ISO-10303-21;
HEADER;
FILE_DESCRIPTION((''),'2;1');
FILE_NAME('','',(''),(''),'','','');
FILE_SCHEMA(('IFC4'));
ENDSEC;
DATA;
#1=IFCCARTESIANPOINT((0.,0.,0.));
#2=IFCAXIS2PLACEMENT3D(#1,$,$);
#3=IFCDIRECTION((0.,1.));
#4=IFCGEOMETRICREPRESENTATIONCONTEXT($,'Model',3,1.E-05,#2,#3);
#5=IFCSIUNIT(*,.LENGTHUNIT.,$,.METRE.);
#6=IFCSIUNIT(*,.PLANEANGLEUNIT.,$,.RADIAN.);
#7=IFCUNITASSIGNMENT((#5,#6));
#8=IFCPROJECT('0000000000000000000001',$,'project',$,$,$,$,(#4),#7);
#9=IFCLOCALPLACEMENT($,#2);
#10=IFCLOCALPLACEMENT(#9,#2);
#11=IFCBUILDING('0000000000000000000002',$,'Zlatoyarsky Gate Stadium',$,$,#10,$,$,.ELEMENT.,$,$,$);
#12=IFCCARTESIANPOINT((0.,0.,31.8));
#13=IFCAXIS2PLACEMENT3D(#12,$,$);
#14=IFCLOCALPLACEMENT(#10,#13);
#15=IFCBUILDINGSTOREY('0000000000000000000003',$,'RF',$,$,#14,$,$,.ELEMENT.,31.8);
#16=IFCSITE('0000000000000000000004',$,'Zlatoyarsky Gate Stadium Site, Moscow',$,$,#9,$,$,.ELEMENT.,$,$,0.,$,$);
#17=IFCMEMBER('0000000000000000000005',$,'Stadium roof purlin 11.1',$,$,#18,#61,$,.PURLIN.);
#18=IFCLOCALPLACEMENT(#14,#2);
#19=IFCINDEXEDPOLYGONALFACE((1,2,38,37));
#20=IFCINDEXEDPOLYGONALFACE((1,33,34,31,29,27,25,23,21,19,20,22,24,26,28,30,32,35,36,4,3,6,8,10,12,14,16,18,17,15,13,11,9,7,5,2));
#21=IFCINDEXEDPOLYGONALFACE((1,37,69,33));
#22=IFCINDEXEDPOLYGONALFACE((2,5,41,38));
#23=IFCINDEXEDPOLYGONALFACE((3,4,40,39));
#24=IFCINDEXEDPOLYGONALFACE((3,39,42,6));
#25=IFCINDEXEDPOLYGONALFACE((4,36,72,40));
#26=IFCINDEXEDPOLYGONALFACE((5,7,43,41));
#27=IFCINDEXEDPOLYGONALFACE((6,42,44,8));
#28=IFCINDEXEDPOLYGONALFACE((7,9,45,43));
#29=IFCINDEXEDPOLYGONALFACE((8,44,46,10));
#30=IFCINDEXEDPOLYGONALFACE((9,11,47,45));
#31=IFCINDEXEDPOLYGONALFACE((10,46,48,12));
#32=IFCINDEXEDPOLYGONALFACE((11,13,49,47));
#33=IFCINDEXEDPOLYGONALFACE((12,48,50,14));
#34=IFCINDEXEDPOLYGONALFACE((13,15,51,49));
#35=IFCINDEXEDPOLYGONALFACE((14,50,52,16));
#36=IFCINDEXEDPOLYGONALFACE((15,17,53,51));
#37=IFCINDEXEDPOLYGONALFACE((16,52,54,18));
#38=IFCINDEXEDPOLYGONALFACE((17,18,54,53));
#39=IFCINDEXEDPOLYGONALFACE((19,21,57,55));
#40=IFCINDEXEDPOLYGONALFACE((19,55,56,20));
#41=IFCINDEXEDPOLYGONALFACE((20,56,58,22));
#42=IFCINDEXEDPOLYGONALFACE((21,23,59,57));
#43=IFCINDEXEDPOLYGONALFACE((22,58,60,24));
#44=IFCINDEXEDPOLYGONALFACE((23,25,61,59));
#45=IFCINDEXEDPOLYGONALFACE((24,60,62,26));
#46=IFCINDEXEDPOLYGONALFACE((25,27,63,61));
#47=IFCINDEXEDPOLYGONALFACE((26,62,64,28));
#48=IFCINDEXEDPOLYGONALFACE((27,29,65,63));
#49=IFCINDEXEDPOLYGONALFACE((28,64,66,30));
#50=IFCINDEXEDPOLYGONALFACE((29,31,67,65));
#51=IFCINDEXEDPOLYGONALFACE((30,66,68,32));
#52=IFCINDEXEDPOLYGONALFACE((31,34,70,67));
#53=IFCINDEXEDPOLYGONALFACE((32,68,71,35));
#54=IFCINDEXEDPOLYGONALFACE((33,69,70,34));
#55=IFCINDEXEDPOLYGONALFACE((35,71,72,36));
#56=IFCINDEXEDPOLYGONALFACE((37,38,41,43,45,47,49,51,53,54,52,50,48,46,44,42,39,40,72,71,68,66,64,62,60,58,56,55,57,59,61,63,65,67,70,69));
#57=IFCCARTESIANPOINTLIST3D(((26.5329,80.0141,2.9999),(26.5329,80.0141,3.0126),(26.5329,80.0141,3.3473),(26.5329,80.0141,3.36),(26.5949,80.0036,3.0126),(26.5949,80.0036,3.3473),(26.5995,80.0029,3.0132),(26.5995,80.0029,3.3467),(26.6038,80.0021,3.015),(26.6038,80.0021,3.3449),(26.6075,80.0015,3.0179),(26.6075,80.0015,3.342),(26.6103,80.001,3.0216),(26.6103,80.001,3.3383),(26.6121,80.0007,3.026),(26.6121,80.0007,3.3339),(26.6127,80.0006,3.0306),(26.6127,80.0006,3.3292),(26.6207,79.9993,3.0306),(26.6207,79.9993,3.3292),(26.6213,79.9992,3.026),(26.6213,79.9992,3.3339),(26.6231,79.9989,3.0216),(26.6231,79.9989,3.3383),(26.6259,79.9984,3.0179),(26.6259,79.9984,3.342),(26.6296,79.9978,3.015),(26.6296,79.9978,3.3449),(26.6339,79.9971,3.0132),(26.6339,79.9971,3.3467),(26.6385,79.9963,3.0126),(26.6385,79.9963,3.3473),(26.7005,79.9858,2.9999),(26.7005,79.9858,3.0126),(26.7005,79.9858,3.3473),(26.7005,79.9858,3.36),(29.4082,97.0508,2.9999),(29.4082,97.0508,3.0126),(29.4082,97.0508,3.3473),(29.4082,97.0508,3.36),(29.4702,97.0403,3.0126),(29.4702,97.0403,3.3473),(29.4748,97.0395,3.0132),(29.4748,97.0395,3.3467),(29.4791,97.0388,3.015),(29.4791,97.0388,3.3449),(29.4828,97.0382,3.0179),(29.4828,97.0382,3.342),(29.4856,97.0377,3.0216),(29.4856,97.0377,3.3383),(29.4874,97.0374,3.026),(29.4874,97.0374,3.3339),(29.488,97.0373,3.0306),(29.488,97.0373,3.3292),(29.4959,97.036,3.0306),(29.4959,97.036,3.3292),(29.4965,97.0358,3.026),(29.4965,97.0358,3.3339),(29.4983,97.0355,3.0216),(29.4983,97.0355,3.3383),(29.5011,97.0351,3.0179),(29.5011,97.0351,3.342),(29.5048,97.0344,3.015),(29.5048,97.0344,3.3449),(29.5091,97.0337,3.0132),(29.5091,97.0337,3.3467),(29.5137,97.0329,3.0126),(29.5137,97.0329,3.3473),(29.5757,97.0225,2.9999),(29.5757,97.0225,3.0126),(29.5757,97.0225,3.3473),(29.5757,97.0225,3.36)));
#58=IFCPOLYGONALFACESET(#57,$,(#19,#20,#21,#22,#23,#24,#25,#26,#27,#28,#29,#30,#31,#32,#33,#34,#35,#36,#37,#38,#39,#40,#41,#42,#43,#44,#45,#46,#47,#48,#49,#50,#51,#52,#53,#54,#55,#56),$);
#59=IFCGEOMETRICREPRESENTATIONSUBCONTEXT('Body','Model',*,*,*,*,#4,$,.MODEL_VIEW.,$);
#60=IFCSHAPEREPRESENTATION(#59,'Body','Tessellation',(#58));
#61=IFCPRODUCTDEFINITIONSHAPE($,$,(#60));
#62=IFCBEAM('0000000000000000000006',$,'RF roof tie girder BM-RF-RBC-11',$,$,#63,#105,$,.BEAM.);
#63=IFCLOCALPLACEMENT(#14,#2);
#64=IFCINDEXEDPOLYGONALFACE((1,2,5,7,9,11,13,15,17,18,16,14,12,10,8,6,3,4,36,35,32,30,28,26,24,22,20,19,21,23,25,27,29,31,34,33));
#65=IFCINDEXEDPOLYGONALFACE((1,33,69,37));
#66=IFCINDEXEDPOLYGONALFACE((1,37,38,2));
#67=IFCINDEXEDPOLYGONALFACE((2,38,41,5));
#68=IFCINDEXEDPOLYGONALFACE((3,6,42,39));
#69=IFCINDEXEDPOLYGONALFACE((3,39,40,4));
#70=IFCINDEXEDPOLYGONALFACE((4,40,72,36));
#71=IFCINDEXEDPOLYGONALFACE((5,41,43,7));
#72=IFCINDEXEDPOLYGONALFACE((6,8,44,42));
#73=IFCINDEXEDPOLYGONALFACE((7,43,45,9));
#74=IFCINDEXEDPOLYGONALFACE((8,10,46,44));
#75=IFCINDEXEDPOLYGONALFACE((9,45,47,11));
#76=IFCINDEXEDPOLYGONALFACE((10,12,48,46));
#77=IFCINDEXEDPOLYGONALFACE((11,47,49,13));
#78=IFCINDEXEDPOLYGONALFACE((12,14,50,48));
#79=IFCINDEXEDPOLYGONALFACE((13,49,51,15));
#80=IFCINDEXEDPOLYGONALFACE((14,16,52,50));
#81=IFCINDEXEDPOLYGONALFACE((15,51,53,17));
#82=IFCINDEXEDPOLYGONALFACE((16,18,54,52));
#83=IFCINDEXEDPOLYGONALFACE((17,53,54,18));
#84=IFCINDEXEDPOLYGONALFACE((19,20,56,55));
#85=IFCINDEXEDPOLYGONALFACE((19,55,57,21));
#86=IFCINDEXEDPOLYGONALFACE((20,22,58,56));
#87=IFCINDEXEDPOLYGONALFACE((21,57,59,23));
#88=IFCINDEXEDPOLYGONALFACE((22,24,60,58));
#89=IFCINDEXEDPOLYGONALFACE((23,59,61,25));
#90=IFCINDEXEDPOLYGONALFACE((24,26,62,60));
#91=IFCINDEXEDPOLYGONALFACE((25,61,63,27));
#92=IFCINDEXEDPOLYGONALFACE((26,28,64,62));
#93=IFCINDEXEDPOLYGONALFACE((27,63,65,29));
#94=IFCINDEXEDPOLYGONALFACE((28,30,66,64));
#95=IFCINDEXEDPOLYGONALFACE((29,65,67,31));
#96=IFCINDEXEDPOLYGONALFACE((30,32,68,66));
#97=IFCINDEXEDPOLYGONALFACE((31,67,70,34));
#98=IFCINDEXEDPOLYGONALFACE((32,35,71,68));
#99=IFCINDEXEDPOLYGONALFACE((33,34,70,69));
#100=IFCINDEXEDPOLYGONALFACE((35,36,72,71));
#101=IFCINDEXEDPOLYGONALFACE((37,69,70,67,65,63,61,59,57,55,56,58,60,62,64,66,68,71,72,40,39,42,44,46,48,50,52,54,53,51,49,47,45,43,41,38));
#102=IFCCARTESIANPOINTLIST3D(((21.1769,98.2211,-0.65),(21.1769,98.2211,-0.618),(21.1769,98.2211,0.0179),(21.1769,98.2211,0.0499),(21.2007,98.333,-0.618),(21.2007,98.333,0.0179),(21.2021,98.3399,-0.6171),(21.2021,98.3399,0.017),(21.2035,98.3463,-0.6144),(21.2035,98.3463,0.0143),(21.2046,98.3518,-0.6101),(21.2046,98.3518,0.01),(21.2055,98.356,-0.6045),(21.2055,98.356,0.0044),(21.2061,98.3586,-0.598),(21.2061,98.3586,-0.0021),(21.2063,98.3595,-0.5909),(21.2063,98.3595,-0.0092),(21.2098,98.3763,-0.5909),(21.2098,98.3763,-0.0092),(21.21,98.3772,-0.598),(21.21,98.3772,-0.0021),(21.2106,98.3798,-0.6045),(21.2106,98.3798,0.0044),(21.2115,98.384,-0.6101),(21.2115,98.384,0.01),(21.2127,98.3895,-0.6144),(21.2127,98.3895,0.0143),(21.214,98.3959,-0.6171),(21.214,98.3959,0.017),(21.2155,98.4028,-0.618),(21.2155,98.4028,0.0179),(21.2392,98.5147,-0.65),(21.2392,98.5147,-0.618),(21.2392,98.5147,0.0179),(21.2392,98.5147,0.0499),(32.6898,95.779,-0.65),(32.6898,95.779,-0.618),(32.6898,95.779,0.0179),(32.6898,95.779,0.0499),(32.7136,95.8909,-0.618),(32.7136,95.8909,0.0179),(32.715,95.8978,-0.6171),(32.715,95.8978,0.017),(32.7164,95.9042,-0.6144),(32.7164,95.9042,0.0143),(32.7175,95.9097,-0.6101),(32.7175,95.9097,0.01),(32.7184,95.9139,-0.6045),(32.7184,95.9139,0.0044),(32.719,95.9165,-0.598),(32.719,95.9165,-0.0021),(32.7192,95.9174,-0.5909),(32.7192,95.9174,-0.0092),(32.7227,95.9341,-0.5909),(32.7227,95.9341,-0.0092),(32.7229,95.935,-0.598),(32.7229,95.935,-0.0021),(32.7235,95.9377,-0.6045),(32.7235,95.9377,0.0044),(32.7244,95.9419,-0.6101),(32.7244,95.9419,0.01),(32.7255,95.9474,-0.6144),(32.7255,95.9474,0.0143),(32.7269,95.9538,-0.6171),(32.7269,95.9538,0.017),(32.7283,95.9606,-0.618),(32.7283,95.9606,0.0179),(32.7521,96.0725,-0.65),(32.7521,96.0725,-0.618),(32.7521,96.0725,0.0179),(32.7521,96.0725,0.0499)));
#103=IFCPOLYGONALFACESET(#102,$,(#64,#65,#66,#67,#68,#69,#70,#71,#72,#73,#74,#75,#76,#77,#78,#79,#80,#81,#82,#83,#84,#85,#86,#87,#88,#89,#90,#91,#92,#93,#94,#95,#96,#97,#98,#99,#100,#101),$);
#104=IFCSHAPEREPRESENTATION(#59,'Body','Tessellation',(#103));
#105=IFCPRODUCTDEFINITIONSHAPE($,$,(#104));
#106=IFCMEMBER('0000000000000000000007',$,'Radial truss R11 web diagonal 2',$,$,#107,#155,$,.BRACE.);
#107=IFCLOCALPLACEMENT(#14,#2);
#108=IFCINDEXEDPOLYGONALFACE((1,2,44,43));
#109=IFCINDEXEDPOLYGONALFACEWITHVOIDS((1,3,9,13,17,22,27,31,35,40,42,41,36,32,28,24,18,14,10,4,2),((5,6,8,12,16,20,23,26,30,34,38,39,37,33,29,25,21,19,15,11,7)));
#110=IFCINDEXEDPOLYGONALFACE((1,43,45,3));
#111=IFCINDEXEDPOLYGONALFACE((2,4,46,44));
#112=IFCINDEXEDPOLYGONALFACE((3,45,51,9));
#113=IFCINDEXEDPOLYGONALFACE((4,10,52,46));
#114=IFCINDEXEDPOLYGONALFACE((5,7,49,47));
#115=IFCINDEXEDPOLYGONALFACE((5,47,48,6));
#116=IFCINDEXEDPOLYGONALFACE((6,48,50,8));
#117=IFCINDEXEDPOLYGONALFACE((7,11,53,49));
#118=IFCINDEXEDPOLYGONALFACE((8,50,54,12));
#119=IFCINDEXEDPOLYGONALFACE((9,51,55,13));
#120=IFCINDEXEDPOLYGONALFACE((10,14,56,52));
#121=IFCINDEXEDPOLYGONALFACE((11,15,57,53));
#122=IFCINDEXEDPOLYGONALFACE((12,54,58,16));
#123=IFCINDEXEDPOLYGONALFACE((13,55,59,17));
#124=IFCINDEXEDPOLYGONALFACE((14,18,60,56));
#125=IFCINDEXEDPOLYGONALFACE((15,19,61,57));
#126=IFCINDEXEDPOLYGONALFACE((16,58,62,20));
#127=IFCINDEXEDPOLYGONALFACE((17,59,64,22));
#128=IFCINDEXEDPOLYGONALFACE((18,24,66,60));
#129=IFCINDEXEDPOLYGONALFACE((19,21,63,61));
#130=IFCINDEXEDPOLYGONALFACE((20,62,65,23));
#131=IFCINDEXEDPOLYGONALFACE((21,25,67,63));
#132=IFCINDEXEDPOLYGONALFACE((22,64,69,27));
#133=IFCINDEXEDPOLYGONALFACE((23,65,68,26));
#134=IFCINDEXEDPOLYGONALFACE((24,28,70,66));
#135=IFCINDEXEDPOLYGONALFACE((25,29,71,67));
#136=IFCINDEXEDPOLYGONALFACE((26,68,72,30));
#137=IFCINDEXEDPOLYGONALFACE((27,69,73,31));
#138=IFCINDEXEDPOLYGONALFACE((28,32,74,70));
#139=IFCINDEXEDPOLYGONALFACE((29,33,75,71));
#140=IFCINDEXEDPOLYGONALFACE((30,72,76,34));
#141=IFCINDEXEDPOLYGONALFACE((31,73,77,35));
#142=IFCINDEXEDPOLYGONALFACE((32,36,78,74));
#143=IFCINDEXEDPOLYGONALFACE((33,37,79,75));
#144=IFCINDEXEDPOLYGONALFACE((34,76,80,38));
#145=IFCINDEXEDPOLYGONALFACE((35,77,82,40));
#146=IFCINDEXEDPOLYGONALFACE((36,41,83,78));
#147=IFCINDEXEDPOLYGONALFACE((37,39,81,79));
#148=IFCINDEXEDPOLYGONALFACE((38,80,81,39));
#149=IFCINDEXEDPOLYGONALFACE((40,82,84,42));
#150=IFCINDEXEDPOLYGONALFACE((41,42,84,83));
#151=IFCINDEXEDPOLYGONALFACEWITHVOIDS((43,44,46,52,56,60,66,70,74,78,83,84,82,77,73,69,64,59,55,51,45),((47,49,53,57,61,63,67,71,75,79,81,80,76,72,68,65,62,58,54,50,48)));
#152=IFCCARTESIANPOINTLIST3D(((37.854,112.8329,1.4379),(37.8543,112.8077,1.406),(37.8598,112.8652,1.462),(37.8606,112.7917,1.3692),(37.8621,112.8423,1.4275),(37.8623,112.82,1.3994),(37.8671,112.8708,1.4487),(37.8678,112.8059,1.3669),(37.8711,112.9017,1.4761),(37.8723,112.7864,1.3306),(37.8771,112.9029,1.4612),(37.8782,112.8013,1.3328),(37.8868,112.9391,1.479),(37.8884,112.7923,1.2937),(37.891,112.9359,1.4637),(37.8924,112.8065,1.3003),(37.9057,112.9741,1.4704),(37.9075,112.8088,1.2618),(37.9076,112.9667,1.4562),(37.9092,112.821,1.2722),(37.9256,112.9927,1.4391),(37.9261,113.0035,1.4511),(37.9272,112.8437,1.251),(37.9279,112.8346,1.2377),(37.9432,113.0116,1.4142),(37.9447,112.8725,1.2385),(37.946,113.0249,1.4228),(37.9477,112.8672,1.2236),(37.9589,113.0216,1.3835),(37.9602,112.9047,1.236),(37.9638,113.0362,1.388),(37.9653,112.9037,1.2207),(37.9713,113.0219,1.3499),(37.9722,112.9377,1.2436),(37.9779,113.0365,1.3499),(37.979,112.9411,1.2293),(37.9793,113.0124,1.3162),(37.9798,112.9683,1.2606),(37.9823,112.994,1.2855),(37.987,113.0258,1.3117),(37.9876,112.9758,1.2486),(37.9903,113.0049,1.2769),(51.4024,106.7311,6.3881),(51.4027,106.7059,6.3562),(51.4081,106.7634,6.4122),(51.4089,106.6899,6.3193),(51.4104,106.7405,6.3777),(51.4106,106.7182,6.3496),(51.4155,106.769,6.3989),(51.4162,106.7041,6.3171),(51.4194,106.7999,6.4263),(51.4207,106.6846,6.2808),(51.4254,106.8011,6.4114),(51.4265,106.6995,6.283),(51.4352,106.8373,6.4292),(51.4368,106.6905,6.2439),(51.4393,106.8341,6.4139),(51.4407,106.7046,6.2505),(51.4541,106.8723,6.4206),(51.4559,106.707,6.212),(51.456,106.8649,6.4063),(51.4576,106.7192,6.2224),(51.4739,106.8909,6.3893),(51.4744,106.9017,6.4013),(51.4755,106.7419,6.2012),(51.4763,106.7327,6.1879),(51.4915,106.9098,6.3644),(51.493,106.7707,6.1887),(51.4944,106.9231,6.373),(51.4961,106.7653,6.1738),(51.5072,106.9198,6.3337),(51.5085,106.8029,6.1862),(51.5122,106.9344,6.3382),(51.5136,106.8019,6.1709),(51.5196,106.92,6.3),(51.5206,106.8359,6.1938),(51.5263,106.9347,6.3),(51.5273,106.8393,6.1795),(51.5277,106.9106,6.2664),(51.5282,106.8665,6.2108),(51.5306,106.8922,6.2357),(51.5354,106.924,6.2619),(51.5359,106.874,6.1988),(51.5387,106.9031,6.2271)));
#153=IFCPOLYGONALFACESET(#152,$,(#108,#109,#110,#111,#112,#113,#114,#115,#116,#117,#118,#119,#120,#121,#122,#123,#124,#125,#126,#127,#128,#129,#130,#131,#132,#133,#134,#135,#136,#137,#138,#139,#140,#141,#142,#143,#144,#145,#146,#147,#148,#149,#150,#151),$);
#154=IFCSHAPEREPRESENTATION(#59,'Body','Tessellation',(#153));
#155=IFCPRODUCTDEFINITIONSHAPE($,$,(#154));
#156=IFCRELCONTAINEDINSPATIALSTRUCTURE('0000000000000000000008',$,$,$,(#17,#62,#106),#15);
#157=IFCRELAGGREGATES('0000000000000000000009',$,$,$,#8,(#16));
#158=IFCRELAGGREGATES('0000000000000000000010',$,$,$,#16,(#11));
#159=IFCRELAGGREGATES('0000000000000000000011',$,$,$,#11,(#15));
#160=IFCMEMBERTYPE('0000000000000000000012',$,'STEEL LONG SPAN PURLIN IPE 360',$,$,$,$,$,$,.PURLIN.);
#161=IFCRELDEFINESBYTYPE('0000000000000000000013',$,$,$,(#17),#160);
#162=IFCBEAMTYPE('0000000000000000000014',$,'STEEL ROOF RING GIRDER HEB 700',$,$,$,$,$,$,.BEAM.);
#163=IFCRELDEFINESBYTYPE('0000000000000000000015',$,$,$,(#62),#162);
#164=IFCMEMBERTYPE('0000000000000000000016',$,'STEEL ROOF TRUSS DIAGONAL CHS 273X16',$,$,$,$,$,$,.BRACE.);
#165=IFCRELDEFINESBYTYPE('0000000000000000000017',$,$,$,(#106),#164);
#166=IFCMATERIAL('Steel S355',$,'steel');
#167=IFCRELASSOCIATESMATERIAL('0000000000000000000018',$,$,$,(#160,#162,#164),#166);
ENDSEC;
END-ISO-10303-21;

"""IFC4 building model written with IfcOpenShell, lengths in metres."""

from ifc_helpers import new_model, si_unit, direction, frame, origin, origin_2d, place, context, subcontext, project, spatial, hollow_circle, i_section, extrude, material, material_profile, profile_set, type_object, element, save


model = new_model("IFC4")

# Units and contexts
model_context = context("Model", 3, precision=1e-05, world=origin(), true_north=direction((0.0, 1.0)))
body_context = subcontext(model_context, "Body", "Model", "MODEL_VIEW")
ifc_project = project(units=[si_unit("LENGTHUNIT", "METRE"), si_unit("PLANEANGLEUNIT", "RADIAN")], contexts=[model_context])

# Site, building, storey
site_placement = place(None, origin())
site = spatial("IfcSite", under=ifc_project, at=site_placement, Name="Zlatoyarsky Gate Stadium Site, Moscow", CompositionType="ELEMENT", RefElevation=0.0)
building_placement = place(site_placement, origin())
building = spatial("IfcBuilding", under=site, at=building_placement, Name="Zlatoyarsky Gate Stadium", CompositionType="ELEMENT")
storey_placement = place(building_placement, frame((0.0, 0.0, 31.8)))
storey = spatial("IfcBuildingStorey", under=building, at=storey_placement, Name="RF", CompositionType="ELEMENT", Elevation=31.8)

# Member
ifc_material_1 = material(Name="Steel S355", Category="steel")
ifc_material_profile_1 = material_profile(ifc_material_1, i_section(OverallWidth=0.1699, OverallDepth=0.3601, WebThickness=0.0081, FlangeThickness=0.0127, FilletRadius=0.0181, at=origin_2d()), Name="IPE 360")
ifc_profile_set_1 = profile_set([ifc_material_profile_1], Name="Steel S355")
member_type_1 = type_object("IfcMemberType", Name="STEEL LONG SPAN PURLIN IPE 360", PredefinedType="PURLIN", material=ifc_profile_set_1)
member_1_placement = place(storey_placement, frame((29.4919, 97.0366, 3.1799), z_axis=(-0.166415, -0.986056, 0.0), x_axis=(0.986056, -0.166415, 0.0)))
element("IfcMember", 1, at=member_1_placement, inside=storey, type_object=member_type_1, Name="Stadium roof purlin 11.1", PredefinedType="PURLIN", context=body_context, shape_type="SweptSolid", body=[
    extrude(i_section(OverallWidth=0.1699, OverallDepth=0.3601, WebThickness=0.0081, FlangeThickness=0.0127, FilletRadius=0.0181, at=origin_2d()), origin(), (0.0, 0.0, 1.0), 17.2776),
])

# Beam
ifc_material_profile_2 = material_profile(ifc_material_1, i_section(OverallWidth=0.3, OverallDepth=0.7, WebThickness=0.0171, FlangeThickness=0.032, FilletRadius=0.0271, at=origin_2d()), Name="HEB 700")
ifc_profile_set_2 = profile_set([ifc_material_profile_2], Name="Steel S355")
beam_type = type_object("IfcBeamType", Name="STEEL ROOF RING GIRDER HEB 700", PredefinedType="BEAM", material=ifc_profile_set_2)
beam_placement = place(storey_placement, frame((32.7209, 95.9258, -0.3), z_axis=(-0.978234, 0.207504, 0.0), x_axis=(-0.207504, -0.978234, 0.0)))
element("IfcBeam", 2, at=beam_placement, inside=storey, type_object=beam_type, Name="RF roof tie girder BM-RF-RBC-11", PredefinedType="BEAM", context=body_context, shape_type="SweptSolid", body=[
    extrude(i_section(OverallWidth=0.3, OverallDepth=0.7, WebThickness=0.0171, FlangeThickness=0.032, FilletRadius=0.0271, at=origin_2d()), origin(), (0.0, 0.0, 1.0), 11.769),
])

# Member
ifc_material_profile_3 = material_profile(ifc_material_1, hollow_circle(Radius=0.1365, WallThickness=0.0161, at=origin_2d()), Name="CHS 273X16")
ifc_profile_set_3 = profile_set([ifc_material_profile_3], Name="Steel S355")
member_type_2 = type_object("IfcMemberType", Name="STEEL ROOF TRUSS DIAGONAL CHS 273X16", PredefinedType="BRACE", material=ifc_profile_set_3)
member_2_placement = place(storey_placement, frame((37.9219, 112.9121, 1.3499), z_axis=(0.865053, -0.389596, 0.316067), x_axis=(0.410647, 0.911794, 0.0)))
element("IfcMember", 3, at=member_2_placement, inside=storey, type_object=member_type_2, Name="Radial truss R11 web diagonal 2", PredefinedType="BRACE", context=body_context, shape_type="SweptSolid", body=[
    extrude(hollow_circle(Radius=0.1365, WallThickness=0.0161, at=origin_2d()), origin(), (0.0, 0.0, 1.0), 15.6619),
])

save(model, "model.ifc")
